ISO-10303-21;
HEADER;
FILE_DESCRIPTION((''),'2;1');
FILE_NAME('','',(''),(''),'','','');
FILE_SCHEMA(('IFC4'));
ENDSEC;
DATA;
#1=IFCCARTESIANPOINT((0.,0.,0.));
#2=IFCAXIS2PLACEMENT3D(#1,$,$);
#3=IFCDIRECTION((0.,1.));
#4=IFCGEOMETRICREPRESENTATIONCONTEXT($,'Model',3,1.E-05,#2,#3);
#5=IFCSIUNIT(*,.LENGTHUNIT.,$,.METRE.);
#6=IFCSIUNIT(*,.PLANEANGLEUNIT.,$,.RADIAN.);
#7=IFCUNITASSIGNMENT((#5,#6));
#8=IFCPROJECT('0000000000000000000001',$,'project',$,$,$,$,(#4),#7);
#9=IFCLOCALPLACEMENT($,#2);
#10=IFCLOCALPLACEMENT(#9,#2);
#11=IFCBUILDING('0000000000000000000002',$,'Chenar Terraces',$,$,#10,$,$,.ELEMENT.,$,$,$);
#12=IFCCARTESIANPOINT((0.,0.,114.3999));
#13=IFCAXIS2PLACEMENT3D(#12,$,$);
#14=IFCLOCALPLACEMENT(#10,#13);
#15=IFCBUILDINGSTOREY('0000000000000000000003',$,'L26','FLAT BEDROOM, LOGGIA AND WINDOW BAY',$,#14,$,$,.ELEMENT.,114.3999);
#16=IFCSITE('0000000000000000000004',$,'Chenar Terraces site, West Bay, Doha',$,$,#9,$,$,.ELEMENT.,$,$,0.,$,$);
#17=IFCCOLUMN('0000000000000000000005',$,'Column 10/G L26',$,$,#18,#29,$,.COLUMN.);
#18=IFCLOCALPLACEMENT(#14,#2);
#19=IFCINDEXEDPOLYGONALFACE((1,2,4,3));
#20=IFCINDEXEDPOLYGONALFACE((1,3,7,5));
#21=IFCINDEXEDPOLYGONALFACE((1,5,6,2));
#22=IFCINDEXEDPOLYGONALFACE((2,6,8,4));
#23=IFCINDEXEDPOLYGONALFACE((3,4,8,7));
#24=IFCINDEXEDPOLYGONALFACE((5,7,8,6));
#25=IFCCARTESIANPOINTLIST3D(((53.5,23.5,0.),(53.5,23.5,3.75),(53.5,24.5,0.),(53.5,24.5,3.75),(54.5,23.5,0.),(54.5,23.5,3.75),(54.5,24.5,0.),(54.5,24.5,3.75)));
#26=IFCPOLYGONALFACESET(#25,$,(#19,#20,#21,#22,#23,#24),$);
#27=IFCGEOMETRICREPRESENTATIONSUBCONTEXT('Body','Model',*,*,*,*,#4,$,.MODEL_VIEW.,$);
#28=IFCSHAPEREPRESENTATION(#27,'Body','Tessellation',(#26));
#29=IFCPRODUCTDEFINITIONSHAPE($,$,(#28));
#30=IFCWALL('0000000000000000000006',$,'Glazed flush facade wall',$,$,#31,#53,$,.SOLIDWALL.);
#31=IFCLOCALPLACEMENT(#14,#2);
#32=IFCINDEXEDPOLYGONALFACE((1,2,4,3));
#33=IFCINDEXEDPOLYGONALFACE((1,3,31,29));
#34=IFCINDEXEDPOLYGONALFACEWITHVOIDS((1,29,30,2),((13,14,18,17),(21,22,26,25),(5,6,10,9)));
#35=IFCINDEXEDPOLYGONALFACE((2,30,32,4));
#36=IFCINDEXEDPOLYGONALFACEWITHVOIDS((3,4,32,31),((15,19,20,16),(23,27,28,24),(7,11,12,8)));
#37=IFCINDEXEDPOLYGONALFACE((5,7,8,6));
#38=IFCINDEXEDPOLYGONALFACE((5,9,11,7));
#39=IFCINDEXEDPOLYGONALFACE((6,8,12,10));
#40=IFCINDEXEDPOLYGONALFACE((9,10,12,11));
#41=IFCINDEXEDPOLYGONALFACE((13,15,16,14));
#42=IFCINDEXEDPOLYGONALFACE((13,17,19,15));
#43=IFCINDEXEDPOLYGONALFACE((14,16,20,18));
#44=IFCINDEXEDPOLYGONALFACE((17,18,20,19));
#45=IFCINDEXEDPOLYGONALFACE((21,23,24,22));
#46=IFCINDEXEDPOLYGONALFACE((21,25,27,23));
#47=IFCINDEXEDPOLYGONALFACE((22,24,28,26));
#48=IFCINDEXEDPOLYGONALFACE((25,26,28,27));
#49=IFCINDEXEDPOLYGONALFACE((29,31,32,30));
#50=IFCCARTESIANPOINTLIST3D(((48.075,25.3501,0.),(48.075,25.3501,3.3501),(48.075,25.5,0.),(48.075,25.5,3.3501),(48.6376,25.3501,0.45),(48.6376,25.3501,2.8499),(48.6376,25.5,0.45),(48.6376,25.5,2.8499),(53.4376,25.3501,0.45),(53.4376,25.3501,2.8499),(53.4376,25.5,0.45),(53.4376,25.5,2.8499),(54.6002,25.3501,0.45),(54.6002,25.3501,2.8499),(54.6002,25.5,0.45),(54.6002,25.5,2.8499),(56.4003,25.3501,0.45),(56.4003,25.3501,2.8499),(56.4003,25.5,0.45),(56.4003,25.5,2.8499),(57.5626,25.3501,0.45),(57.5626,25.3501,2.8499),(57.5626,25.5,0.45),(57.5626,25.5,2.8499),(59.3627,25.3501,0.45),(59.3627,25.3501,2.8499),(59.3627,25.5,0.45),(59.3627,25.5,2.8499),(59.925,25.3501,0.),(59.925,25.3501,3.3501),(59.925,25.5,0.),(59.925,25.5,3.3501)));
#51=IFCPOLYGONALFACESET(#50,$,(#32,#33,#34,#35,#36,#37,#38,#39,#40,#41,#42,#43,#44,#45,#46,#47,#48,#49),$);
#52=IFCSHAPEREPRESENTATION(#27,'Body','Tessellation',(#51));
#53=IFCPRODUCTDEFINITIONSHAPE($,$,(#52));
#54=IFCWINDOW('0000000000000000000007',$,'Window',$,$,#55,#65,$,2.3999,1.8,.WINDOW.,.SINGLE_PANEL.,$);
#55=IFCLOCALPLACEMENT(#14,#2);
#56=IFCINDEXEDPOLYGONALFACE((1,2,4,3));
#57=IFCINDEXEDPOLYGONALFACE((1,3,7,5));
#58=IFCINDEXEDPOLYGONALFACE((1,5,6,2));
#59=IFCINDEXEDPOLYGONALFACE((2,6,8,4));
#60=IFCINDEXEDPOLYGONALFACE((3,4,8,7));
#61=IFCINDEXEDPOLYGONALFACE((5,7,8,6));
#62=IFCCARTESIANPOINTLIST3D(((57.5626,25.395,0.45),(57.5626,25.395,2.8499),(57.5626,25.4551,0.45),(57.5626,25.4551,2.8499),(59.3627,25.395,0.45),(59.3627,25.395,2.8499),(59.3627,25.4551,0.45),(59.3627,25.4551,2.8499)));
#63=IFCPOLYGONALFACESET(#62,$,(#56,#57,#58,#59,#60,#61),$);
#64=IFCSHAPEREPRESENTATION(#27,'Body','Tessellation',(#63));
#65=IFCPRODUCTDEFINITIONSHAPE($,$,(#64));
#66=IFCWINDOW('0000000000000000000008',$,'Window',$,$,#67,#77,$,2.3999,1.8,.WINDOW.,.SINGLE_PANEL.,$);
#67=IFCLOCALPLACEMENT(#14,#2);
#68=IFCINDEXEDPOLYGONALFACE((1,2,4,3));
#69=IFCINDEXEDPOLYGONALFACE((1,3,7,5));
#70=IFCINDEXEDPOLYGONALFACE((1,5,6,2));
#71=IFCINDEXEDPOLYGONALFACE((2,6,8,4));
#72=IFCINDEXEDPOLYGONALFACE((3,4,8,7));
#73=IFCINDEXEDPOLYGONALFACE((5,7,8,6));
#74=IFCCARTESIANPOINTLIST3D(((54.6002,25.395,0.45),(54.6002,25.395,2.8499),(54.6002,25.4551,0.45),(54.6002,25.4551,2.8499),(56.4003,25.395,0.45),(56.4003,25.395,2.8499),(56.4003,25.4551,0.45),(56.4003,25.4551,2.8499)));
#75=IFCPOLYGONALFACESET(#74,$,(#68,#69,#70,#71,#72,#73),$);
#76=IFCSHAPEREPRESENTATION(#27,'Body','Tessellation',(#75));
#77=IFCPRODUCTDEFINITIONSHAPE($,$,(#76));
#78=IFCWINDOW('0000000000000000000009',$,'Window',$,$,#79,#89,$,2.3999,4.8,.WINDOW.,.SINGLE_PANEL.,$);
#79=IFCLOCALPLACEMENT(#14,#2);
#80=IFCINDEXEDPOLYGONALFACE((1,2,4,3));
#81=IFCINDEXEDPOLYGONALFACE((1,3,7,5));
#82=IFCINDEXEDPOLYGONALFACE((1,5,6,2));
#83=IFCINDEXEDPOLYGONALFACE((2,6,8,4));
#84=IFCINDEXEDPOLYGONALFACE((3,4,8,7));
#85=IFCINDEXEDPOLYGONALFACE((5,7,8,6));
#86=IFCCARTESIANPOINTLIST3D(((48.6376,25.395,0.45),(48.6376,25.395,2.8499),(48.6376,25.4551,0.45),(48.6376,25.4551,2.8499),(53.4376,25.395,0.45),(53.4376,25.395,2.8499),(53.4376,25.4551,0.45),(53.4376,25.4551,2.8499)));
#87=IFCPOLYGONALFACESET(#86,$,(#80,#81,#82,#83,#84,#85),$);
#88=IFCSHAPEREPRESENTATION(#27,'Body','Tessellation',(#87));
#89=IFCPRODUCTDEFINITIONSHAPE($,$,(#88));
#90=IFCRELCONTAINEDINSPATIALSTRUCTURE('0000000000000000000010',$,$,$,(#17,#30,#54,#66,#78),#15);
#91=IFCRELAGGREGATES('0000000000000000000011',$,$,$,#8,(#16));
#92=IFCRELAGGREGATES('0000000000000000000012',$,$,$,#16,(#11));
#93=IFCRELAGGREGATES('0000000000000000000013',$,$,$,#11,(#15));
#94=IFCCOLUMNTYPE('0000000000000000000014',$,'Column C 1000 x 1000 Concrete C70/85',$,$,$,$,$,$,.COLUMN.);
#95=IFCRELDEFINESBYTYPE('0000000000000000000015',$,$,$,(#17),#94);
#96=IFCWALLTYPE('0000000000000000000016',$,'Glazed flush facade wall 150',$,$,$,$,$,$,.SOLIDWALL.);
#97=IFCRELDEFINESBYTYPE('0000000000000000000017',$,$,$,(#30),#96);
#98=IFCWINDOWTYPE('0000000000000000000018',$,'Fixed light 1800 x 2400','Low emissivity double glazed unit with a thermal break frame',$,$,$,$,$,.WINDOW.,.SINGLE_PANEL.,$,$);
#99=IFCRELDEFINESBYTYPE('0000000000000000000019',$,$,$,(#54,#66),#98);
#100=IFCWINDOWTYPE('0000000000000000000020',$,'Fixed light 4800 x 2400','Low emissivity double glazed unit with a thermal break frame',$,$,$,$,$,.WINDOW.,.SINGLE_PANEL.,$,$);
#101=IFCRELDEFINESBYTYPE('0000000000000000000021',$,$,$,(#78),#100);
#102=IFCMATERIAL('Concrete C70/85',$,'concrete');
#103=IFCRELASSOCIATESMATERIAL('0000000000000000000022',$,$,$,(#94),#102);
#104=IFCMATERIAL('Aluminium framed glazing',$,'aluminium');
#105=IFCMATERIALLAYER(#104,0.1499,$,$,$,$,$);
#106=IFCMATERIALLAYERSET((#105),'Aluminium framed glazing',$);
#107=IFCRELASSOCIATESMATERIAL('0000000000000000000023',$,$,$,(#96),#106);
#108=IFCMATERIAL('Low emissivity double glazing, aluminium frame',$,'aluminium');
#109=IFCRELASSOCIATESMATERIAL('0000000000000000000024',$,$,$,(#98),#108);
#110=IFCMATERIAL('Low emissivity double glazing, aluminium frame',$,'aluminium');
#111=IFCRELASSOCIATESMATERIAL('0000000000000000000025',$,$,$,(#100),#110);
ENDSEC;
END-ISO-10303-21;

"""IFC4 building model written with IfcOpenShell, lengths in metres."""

from ifc_helpers import new_model, si_unit, direction, frame, frame_2d, origin, origin_2d, place, context, subcontext, project, spatial, rectangle, extrude, material, layer, layer_set, material_profile, profile_set, type_object, element, fill, save


model = new_model("IFC4")

# Units and contexts
model_context = context("Model", 3, precision=1e-05, world=origin(), true_north=direction((0.0, 1.0)))
body_context = subcontext(model_context, "Body", "Model", "MODEL_VIEW")
ifc_project = project(units=[si_unit("LENGTHUNIT", "METRE"), si_unit("PLANEANGLEUNIT", "RADIAN")], contexts=[model_context])

# Site, building, storey
site_placement = place(None, origin())
site = spatial("IfcSite", under=ifc_project, at=site_placement, Name="Chenar Terraces site, West Bay, Doha", CompositionType="ELEMENT", RefElevation=0.0)
building_placement = place(site_placement, origin())
building = spatial("IfcBuilding", under=site, at=building_placement, Name="Chenar Terraces", CompositionType="ELEMENT")
storey_placement = place(building_placement, frame((0.0, 0.0, 114.3999)))
storey = spatial("IfcBuildingStorey", under=building, at=storey_placement, Name="L26", Description="FLAT BEDROOM, LOGGIA AND WINDOW BAY", CompositionType="ELEMENT", Elevation=114.3999)

# Column
ifc_material_1 = material(Name="Concrete C70/85", Category="concrete")
ifc_material_profile_1 = material_profile(ifc_material_1, rectangle(XDim=1.0, YDim=1.0, at=origin_2d()), Name="C 1000 x 1000")
ifc_profile_set_1 = profile_set([ifc_material_profile_1], Name="Concrete C70/85")
column_type = type_object("IfcColumnType", Name="Column C 1000 x 1000 Concrete C70/85", PredefinedType="COLUMN", material=ifc_profile_set_1)
column_placement = place(storey_placement, frame((54.0, 24.0, 0.0), z_axis=(0.0, 0.0, 1.0), x_axis=(1.0, 0.0, 0.0)))
element("IfcColumn", 1, at=column_placement, inside=storey, type_object=column_type, Name="Column 10/G L26", PredefinedType="COLUMN", context=body_context, shape_type="SweptSolid", body=[
    extrude(rectangle(XDim=1.0, YDim=1.0, at=origin_2d()), origin(), (0.0, 0.0, 1.0), 3.75),
])

# Wall, openings, windows
ifc_material_2 = material(Name="Aluminium framed glazing", Category="aluminium")
ifc_layer_1 = layer(ifc_material_2, 0.1499)
ifc_layer_set_1 = layer_set([ifc_layer_1], Name="Aluminium framed glazing")
wall_type_1 = type_object("IfcWallType", Name="Glazed flush facade wall 150", PredefinedType="SOLIDWALL", material=ifc_layer_set_1)
wall_1_placement = place(storey_placement, frame((59.925, 25.425, 0.0), z_axis=(0.0, 0.0, 1.0), x_axis=(-1.0, 0.0, 0.0)))
wall_1 = element("IfcWall", 2, at=wall_1_placement, inside=storey, type_object=wall_type_1, Name="Glazed flush facade wall", PredefinedType="SOLIDWALL", context=body_context, shape_type="SweptSolid", body=[
    extrude(rectangle(XDim=11.8501, YDim=0.1499, at=frame_2d((5.925, 0.0))), origin(), (0.0, 0.0, 1.0), 3.3501),
])
opening_1_placement = place(wall_1_placement, frame((0.5625, 0.0, 0.45)))
opening_1 = element("IfcOpeningElement", 3, at=opening_1_placement, cuts=wall_1, PredefinedType="OPENING", context=body_context, shape_type="SweptSolid", body=[
    extrude(rectangle(XDim=1.8, YDim=2.3999, at=frame_2d((0.8999, 1.2))), frame((0.0, 0.085, 0.0), z_axis=(0.0, -1.0, 0.0), x_axis=(1.0, 0.0, 0.0)), (0.0, 0.0, 1.0), 0.1699),
])
opening_2_placement = place(wall_1_placement, frame((3.5249, 0.0, 0.45)))
opening_2 = element("IfcOpeningElement", 4, at=opening_2_placement, cuts=wall_1, PredefinedType="OPENING", context=body_context, shape_type="SweptSolid", body=[
    extrude(rectangle(XDim=1.8, YDim=2.3999, at=frame_2d((0.8999, 1.2))), frame((0.0, 0.085, 0.0), z_axis=(0.0, -1.0, 0.0), x_axis=(1.0, 0.0, 0.0)), (0.0, 0.0, 1.0), 0.1699),
])
opening_3_placement = place(wall_1_placement, frame((6.4875, 0.0, 0.45)))
opening_3 = element("IfcOpeningElement", 5, at=opening_3_placement, cuts=wall_1, PredefinedType="OPENING", context=body_context, shape_type="SweptSolid", body=[
    extrude(rectangle(XDim=4.8, YDim=2.3999, at=frame_2d((2.3999, 1.2))), frame((0.0, 0.085, 0.0), z_axis=(0.0, -1.0, 0.0), x_axis=(1.0, 0.0, 0.0)), (0.0, 0.0, 1.0), 0.1699),
])
ifc_material_3 = material(Name="Low emissivity double glazing, aluminium frame", Category="aluminium")
window_type_1 = type_object("IfcWindowType", Name="Fixed light 1800 x 2400", Description="Low emissivity double glazed unit with a thermal break frame", PartitioningType="SINGLE_PANEL", PredefinedType="WINDOW", material=ifc_material_3)
window_1_placement = place(opening_1_placement, origin())
window_1 = element("IfcWindow", 6, at=window_1_placement, inside=storey, type_object=window_type_1, Name="Window", OverallHeight=2.3999, OverallWidth=1.8, PartitioningType="SINGLE_PANEL", PredefinedType="WINDOW", context=body_context, shape_type="SweptSolid", body=[
    extrude(rectangle(XDim=1.8, YDim=2.3999, at=frame_2d((0.8999, 1.2))), frame((0.0, 0.03, 0.0), z_axis=(0.0, -1.0, 0.0), x_axis=(1.0, 0.0, 0.0)), (0.0, 0.0, 1.0), 0.0601),
])
fill(opening_1, window_1)
window_2_placement = place(opening_2_placement, origin())
window_2 = element("IfcWindow", 7, at=window_2_placement, inside=storey, type_object=window_type_1, Name="Window", OverallHeight=2.3999, OverallWidth=1.8, PartitioningType="SINGLE_PANEL", PredefinedType="WINDOW", context=body_context, shape_type="SweptSolid", body=[
    extrude(rectangle(XDim=1.8, YDim=2.3999, at=frame_2d((0.8999, 1.2))), frame((0.0, 0.03, 0.0), z_axis=(0.0, -1.0, 0.0), x_axis=(1.0, 0.0, 0.0)), (0.0, 0.0, 1.0), 0.0601),
])
fill(opening_2, window_2)
ifc_material_4 = material(Name="Low emissivity double glazing, aluminium frame", Category="aluminium")
window_type_2 = type_object("IfcWindowType", Name="Fixed light 4800 x 2400", Description="Low emissivity double glazed unit with a thermal break frame", PartitioningType="SINGLE_PANEL", PredefinedType="WINDOW", material=ifc_material_4)
window_3_placement = place(opening_3_placement, origin())
window_3 = element("IfcWindow", 8, at=window_3_placement, inside=storey, type_object=window_type_2, Name="Window", OverallHeight=2.3999, OverallWidth=4.8, PartitioningType="SINGLE_PANEL", PredefinedType="WINDOW", context=body_context, shape_type="SweptSolid", body=[
    extrude(rectangle(XDim=4.8, YDim=2.3999, at=frame_2d((2.3999, 1.2))), frame((0.0, 0.03, 0.0), z_axis=(0.0, -1.0, 0.0), x_axis=(1.0, 0.0, 0.0)), (0.0, 0.0, 1.0), 0.0601),
])
fill(opening_3, window_3)

save(model, "model.ifc")
